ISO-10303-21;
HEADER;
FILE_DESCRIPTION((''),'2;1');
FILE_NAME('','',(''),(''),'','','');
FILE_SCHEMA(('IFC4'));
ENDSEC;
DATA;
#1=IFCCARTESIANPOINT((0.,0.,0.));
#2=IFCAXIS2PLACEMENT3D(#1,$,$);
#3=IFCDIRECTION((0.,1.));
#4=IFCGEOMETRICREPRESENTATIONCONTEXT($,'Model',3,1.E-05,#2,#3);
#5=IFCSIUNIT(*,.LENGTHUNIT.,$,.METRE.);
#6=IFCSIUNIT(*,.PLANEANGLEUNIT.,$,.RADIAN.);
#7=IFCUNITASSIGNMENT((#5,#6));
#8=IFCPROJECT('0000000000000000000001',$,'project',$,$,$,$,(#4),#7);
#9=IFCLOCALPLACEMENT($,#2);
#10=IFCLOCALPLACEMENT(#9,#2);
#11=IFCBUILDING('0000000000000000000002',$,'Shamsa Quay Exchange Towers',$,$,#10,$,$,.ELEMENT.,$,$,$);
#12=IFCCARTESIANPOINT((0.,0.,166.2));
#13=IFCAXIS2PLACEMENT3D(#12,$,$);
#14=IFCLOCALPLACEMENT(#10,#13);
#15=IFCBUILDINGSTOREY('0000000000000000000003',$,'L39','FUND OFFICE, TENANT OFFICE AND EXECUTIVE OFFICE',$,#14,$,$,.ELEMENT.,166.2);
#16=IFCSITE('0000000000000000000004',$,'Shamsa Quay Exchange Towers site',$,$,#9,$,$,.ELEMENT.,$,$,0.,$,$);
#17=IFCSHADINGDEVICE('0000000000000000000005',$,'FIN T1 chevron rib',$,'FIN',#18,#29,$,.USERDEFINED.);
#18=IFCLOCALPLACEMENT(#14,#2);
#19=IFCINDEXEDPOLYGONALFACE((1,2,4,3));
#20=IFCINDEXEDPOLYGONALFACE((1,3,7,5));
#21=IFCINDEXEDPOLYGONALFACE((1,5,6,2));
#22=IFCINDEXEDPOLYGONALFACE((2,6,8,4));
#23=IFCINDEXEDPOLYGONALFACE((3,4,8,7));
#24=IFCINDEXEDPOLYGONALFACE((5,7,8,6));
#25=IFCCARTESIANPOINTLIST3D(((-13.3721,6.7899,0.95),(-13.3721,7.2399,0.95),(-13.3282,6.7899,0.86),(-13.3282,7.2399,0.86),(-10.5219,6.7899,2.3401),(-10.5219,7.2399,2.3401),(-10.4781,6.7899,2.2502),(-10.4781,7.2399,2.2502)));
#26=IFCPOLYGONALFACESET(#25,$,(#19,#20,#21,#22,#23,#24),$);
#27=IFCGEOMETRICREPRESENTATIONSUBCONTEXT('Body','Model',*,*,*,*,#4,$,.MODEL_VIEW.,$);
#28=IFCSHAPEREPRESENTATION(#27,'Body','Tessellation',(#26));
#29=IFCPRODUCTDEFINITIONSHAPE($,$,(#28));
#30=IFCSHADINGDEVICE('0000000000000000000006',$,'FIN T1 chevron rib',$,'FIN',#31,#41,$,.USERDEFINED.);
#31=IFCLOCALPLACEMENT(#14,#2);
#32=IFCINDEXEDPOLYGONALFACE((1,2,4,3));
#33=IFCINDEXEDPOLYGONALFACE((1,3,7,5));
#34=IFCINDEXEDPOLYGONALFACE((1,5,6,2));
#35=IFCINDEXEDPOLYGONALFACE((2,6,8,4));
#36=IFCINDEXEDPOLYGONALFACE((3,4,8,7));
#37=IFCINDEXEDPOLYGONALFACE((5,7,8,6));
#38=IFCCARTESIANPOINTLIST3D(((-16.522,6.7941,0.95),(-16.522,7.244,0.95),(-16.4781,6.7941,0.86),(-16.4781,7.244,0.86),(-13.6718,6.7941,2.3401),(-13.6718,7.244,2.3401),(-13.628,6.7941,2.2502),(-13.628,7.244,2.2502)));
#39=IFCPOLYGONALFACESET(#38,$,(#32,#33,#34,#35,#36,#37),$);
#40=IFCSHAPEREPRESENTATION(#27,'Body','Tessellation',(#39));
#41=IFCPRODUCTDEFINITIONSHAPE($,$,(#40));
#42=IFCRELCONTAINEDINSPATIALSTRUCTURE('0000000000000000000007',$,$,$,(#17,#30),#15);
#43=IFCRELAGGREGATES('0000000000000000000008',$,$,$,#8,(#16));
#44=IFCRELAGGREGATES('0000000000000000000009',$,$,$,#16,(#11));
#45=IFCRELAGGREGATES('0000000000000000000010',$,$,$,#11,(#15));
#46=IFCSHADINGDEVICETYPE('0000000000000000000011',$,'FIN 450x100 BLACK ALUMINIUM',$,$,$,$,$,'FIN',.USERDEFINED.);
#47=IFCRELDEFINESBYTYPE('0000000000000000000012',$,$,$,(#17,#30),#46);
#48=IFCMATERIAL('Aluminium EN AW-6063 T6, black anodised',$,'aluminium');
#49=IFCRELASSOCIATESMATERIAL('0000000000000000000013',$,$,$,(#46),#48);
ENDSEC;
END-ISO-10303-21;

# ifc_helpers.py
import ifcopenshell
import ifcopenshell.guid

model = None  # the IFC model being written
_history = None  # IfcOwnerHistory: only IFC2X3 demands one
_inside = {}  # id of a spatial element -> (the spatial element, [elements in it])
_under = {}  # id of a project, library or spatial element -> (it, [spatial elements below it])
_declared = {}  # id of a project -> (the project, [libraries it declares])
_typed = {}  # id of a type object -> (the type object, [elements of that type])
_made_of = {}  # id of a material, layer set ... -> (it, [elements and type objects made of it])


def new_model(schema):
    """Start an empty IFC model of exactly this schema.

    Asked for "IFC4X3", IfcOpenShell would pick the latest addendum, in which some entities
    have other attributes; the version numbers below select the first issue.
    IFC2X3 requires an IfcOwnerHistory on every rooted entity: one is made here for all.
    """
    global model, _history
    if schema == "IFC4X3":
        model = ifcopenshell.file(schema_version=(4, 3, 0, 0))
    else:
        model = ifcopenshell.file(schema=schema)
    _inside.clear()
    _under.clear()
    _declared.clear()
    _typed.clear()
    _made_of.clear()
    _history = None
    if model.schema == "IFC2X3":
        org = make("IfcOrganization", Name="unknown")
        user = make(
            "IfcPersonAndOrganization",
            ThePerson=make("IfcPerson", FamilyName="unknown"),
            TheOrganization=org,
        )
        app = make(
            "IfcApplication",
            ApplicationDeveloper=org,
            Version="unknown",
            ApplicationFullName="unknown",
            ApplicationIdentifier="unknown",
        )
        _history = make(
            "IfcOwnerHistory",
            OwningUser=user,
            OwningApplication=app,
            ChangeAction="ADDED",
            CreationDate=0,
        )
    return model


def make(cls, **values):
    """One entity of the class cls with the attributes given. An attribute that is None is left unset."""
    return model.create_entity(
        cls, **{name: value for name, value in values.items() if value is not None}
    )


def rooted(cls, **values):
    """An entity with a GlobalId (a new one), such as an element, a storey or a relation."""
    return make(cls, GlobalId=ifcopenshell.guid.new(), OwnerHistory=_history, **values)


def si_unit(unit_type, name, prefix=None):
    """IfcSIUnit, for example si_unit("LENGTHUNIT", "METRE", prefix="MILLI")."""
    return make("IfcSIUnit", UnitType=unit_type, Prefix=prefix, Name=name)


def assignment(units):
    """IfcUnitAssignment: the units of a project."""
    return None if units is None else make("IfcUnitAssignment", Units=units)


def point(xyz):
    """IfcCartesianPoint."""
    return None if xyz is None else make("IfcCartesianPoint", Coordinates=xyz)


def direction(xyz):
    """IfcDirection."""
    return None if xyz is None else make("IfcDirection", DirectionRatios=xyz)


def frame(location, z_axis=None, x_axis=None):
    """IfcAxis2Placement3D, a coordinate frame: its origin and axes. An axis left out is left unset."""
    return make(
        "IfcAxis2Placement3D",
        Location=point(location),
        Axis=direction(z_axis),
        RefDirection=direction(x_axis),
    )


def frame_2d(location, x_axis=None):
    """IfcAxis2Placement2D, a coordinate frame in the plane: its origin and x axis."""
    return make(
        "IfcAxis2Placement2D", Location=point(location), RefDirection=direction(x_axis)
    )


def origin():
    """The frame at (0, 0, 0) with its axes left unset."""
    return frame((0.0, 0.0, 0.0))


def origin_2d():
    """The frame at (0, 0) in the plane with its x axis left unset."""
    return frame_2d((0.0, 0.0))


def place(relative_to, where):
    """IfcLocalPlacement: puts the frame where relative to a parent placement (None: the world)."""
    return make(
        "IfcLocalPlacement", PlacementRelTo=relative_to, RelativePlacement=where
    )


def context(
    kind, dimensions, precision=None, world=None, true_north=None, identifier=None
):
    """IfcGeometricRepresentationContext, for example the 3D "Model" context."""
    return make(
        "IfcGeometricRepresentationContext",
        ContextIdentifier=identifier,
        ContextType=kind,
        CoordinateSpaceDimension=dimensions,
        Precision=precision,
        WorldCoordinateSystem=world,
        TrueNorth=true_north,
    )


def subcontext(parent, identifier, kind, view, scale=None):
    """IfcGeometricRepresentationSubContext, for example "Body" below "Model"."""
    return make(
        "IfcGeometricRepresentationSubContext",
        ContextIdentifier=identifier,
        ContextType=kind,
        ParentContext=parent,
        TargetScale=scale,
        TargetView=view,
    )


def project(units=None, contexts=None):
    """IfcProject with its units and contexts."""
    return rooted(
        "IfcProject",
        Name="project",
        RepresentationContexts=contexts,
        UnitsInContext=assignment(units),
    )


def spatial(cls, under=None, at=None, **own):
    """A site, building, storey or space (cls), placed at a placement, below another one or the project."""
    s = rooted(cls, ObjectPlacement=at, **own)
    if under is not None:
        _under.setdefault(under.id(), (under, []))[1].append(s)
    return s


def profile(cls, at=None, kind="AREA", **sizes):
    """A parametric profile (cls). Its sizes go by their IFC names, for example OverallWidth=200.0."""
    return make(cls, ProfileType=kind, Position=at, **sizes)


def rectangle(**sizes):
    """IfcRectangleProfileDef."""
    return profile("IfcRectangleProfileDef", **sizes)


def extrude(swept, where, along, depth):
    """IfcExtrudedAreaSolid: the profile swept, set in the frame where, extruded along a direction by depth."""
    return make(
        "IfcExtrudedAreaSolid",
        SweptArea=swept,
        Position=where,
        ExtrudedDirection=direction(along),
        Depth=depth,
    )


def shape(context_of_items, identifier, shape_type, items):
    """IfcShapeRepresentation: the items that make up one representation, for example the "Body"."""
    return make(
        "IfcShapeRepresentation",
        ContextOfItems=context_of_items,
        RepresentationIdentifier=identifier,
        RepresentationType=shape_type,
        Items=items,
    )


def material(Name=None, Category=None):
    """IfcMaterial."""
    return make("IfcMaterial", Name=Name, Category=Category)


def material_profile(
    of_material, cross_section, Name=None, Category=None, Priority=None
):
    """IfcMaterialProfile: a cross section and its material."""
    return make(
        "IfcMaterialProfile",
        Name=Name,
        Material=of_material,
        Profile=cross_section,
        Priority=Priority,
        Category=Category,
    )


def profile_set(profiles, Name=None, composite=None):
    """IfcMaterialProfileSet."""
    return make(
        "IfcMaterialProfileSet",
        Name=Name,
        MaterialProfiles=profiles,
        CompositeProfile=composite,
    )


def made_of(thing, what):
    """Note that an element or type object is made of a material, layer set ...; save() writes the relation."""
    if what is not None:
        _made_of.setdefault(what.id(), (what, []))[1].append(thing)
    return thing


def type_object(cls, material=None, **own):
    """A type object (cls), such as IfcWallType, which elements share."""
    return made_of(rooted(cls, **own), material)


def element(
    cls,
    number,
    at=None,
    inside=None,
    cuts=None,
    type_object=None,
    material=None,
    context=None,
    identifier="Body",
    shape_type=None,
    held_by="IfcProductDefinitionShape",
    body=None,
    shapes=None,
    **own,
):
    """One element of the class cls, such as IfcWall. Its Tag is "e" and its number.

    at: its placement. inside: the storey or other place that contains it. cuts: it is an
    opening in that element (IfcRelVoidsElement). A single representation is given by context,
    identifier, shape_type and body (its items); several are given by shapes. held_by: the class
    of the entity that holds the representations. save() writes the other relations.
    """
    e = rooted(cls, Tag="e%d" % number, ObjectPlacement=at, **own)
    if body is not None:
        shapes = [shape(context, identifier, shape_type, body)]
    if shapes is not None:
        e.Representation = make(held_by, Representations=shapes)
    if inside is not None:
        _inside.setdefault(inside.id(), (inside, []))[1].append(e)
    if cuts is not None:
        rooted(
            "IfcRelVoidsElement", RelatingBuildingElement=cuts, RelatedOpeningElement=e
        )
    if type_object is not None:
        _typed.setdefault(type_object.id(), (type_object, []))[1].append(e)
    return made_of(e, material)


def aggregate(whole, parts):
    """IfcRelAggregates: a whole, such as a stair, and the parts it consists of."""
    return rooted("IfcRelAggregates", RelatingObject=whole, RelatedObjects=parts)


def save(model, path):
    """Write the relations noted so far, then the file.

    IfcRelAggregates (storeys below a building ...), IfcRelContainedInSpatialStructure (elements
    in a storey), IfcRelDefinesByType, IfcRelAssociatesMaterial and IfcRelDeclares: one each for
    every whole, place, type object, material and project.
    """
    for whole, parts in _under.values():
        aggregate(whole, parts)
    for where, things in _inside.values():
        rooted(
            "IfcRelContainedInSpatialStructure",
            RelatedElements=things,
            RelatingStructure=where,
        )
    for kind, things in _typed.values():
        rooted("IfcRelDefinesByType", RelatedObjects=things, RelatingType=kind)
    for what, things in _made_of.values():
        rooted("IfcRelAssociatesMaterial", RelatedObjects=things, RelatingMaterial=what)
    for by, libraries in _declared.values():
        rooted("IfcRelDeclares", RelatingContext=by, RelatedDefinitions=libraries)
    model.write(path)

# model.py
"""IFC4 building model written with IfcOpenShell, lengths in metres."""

from ifc_helpers import new_model, si_unit, direction, frame, origin, origin_2d, place, context, subcontext, project, spatial, rectangle, extrude, material, material_profile, profile_set, type_object, element, save


model = new_model("IFC4")

# Units and contexts
model_context = context("Model", 3, precision=1e-05, world=origin(), true_north=direction((0.0, 1.0)))
body_context = subcontext(model_context, "Body", "Model", "MODEL_VIEW")
ifc_project = project(units=[si_unit("LENGTHUNIT", "METRE"), si_unit("PLANEANGLEUNIT", "RADIAN")], contexts=[model_context])

# Site, building, storey
site_placement = place(None, origin())
site = spatial("IfcSite", under=ifc_project, at=site_placement, Name="Shamsa Quay Exchange Towers site", CompositionType="ELEMENT", RefElevation=0.0)
building_placement = place(site_placement, origin())
building = spatial("IfcBuilding", under=site, at=building_placement, Name="Shamsa Quay Exchange Towers", CompositionType="ELEMENT")
storey_placement = place(building_placement, frame((0.0, 0.0, 166.2)))
storey = spatial("IfcBuildingStorey", under=building, at=storey_placement, Name="L39", Description="FUND OFFICE, TENANT OFFICE AND EXECUTIVE OFFICE", CompositionType="ELEMENT", Elevation=166.2)

# Shared definitions
ifc_material_1 = material(Name="Aluminium EN AW-6063 T6, black anodised", Category="aluminium")

# Shading devices
ifc_material_profile_1 = material_profile(ifc_material_1, rectangle(XDim=0.45, YDim=0.1001, at=origin_2d()), Name="FIN450x100")
ifc_profile_set_1 = profile_set([ifc_material_profile_1], Name="Aluminium EN AW-6063 T6, black anodised")
shading_device_type = type_object("IfcShadingDeviceType", Name="FIN 450x100 BLACK ALUMINIUM", ElementType="FIN", PredefinedType="USERDEFINED", material=ifc_profile_set_1)
for number, where, z_axis, x_axis, name in (
    (1, (-10.5, 7.0149, 2.2952), (-0.898788, 0.0, -0.438384), (0.0, -1.0, 0.0), "FIN T1 chevron rib"),
    (2, (-13.6499, 7.019, 2.2952), (-0.898788, 0.0, -0.438384), (0.0, -1.0, 0.0), "FIN T1 chevron rib"),
):
    element("IfcShadingDevice", number, at=place(storey_placement, frame(where, z_axis=z_axis, x_axis=x_axis)), inside=storey, type_object=shading_device_type, Name=name, ObjectType="FIN", PredefinedType="USERDEFINED", context=body_context, shape_type="SweptSolid", body=[
        extrude(rectangle(XDim=0.45, YDim=0.1001, at=origin_2d()), origin(), (0.0, 0.0, 1.0), 3.1711),
    ])

save(model, "model.ifc")
